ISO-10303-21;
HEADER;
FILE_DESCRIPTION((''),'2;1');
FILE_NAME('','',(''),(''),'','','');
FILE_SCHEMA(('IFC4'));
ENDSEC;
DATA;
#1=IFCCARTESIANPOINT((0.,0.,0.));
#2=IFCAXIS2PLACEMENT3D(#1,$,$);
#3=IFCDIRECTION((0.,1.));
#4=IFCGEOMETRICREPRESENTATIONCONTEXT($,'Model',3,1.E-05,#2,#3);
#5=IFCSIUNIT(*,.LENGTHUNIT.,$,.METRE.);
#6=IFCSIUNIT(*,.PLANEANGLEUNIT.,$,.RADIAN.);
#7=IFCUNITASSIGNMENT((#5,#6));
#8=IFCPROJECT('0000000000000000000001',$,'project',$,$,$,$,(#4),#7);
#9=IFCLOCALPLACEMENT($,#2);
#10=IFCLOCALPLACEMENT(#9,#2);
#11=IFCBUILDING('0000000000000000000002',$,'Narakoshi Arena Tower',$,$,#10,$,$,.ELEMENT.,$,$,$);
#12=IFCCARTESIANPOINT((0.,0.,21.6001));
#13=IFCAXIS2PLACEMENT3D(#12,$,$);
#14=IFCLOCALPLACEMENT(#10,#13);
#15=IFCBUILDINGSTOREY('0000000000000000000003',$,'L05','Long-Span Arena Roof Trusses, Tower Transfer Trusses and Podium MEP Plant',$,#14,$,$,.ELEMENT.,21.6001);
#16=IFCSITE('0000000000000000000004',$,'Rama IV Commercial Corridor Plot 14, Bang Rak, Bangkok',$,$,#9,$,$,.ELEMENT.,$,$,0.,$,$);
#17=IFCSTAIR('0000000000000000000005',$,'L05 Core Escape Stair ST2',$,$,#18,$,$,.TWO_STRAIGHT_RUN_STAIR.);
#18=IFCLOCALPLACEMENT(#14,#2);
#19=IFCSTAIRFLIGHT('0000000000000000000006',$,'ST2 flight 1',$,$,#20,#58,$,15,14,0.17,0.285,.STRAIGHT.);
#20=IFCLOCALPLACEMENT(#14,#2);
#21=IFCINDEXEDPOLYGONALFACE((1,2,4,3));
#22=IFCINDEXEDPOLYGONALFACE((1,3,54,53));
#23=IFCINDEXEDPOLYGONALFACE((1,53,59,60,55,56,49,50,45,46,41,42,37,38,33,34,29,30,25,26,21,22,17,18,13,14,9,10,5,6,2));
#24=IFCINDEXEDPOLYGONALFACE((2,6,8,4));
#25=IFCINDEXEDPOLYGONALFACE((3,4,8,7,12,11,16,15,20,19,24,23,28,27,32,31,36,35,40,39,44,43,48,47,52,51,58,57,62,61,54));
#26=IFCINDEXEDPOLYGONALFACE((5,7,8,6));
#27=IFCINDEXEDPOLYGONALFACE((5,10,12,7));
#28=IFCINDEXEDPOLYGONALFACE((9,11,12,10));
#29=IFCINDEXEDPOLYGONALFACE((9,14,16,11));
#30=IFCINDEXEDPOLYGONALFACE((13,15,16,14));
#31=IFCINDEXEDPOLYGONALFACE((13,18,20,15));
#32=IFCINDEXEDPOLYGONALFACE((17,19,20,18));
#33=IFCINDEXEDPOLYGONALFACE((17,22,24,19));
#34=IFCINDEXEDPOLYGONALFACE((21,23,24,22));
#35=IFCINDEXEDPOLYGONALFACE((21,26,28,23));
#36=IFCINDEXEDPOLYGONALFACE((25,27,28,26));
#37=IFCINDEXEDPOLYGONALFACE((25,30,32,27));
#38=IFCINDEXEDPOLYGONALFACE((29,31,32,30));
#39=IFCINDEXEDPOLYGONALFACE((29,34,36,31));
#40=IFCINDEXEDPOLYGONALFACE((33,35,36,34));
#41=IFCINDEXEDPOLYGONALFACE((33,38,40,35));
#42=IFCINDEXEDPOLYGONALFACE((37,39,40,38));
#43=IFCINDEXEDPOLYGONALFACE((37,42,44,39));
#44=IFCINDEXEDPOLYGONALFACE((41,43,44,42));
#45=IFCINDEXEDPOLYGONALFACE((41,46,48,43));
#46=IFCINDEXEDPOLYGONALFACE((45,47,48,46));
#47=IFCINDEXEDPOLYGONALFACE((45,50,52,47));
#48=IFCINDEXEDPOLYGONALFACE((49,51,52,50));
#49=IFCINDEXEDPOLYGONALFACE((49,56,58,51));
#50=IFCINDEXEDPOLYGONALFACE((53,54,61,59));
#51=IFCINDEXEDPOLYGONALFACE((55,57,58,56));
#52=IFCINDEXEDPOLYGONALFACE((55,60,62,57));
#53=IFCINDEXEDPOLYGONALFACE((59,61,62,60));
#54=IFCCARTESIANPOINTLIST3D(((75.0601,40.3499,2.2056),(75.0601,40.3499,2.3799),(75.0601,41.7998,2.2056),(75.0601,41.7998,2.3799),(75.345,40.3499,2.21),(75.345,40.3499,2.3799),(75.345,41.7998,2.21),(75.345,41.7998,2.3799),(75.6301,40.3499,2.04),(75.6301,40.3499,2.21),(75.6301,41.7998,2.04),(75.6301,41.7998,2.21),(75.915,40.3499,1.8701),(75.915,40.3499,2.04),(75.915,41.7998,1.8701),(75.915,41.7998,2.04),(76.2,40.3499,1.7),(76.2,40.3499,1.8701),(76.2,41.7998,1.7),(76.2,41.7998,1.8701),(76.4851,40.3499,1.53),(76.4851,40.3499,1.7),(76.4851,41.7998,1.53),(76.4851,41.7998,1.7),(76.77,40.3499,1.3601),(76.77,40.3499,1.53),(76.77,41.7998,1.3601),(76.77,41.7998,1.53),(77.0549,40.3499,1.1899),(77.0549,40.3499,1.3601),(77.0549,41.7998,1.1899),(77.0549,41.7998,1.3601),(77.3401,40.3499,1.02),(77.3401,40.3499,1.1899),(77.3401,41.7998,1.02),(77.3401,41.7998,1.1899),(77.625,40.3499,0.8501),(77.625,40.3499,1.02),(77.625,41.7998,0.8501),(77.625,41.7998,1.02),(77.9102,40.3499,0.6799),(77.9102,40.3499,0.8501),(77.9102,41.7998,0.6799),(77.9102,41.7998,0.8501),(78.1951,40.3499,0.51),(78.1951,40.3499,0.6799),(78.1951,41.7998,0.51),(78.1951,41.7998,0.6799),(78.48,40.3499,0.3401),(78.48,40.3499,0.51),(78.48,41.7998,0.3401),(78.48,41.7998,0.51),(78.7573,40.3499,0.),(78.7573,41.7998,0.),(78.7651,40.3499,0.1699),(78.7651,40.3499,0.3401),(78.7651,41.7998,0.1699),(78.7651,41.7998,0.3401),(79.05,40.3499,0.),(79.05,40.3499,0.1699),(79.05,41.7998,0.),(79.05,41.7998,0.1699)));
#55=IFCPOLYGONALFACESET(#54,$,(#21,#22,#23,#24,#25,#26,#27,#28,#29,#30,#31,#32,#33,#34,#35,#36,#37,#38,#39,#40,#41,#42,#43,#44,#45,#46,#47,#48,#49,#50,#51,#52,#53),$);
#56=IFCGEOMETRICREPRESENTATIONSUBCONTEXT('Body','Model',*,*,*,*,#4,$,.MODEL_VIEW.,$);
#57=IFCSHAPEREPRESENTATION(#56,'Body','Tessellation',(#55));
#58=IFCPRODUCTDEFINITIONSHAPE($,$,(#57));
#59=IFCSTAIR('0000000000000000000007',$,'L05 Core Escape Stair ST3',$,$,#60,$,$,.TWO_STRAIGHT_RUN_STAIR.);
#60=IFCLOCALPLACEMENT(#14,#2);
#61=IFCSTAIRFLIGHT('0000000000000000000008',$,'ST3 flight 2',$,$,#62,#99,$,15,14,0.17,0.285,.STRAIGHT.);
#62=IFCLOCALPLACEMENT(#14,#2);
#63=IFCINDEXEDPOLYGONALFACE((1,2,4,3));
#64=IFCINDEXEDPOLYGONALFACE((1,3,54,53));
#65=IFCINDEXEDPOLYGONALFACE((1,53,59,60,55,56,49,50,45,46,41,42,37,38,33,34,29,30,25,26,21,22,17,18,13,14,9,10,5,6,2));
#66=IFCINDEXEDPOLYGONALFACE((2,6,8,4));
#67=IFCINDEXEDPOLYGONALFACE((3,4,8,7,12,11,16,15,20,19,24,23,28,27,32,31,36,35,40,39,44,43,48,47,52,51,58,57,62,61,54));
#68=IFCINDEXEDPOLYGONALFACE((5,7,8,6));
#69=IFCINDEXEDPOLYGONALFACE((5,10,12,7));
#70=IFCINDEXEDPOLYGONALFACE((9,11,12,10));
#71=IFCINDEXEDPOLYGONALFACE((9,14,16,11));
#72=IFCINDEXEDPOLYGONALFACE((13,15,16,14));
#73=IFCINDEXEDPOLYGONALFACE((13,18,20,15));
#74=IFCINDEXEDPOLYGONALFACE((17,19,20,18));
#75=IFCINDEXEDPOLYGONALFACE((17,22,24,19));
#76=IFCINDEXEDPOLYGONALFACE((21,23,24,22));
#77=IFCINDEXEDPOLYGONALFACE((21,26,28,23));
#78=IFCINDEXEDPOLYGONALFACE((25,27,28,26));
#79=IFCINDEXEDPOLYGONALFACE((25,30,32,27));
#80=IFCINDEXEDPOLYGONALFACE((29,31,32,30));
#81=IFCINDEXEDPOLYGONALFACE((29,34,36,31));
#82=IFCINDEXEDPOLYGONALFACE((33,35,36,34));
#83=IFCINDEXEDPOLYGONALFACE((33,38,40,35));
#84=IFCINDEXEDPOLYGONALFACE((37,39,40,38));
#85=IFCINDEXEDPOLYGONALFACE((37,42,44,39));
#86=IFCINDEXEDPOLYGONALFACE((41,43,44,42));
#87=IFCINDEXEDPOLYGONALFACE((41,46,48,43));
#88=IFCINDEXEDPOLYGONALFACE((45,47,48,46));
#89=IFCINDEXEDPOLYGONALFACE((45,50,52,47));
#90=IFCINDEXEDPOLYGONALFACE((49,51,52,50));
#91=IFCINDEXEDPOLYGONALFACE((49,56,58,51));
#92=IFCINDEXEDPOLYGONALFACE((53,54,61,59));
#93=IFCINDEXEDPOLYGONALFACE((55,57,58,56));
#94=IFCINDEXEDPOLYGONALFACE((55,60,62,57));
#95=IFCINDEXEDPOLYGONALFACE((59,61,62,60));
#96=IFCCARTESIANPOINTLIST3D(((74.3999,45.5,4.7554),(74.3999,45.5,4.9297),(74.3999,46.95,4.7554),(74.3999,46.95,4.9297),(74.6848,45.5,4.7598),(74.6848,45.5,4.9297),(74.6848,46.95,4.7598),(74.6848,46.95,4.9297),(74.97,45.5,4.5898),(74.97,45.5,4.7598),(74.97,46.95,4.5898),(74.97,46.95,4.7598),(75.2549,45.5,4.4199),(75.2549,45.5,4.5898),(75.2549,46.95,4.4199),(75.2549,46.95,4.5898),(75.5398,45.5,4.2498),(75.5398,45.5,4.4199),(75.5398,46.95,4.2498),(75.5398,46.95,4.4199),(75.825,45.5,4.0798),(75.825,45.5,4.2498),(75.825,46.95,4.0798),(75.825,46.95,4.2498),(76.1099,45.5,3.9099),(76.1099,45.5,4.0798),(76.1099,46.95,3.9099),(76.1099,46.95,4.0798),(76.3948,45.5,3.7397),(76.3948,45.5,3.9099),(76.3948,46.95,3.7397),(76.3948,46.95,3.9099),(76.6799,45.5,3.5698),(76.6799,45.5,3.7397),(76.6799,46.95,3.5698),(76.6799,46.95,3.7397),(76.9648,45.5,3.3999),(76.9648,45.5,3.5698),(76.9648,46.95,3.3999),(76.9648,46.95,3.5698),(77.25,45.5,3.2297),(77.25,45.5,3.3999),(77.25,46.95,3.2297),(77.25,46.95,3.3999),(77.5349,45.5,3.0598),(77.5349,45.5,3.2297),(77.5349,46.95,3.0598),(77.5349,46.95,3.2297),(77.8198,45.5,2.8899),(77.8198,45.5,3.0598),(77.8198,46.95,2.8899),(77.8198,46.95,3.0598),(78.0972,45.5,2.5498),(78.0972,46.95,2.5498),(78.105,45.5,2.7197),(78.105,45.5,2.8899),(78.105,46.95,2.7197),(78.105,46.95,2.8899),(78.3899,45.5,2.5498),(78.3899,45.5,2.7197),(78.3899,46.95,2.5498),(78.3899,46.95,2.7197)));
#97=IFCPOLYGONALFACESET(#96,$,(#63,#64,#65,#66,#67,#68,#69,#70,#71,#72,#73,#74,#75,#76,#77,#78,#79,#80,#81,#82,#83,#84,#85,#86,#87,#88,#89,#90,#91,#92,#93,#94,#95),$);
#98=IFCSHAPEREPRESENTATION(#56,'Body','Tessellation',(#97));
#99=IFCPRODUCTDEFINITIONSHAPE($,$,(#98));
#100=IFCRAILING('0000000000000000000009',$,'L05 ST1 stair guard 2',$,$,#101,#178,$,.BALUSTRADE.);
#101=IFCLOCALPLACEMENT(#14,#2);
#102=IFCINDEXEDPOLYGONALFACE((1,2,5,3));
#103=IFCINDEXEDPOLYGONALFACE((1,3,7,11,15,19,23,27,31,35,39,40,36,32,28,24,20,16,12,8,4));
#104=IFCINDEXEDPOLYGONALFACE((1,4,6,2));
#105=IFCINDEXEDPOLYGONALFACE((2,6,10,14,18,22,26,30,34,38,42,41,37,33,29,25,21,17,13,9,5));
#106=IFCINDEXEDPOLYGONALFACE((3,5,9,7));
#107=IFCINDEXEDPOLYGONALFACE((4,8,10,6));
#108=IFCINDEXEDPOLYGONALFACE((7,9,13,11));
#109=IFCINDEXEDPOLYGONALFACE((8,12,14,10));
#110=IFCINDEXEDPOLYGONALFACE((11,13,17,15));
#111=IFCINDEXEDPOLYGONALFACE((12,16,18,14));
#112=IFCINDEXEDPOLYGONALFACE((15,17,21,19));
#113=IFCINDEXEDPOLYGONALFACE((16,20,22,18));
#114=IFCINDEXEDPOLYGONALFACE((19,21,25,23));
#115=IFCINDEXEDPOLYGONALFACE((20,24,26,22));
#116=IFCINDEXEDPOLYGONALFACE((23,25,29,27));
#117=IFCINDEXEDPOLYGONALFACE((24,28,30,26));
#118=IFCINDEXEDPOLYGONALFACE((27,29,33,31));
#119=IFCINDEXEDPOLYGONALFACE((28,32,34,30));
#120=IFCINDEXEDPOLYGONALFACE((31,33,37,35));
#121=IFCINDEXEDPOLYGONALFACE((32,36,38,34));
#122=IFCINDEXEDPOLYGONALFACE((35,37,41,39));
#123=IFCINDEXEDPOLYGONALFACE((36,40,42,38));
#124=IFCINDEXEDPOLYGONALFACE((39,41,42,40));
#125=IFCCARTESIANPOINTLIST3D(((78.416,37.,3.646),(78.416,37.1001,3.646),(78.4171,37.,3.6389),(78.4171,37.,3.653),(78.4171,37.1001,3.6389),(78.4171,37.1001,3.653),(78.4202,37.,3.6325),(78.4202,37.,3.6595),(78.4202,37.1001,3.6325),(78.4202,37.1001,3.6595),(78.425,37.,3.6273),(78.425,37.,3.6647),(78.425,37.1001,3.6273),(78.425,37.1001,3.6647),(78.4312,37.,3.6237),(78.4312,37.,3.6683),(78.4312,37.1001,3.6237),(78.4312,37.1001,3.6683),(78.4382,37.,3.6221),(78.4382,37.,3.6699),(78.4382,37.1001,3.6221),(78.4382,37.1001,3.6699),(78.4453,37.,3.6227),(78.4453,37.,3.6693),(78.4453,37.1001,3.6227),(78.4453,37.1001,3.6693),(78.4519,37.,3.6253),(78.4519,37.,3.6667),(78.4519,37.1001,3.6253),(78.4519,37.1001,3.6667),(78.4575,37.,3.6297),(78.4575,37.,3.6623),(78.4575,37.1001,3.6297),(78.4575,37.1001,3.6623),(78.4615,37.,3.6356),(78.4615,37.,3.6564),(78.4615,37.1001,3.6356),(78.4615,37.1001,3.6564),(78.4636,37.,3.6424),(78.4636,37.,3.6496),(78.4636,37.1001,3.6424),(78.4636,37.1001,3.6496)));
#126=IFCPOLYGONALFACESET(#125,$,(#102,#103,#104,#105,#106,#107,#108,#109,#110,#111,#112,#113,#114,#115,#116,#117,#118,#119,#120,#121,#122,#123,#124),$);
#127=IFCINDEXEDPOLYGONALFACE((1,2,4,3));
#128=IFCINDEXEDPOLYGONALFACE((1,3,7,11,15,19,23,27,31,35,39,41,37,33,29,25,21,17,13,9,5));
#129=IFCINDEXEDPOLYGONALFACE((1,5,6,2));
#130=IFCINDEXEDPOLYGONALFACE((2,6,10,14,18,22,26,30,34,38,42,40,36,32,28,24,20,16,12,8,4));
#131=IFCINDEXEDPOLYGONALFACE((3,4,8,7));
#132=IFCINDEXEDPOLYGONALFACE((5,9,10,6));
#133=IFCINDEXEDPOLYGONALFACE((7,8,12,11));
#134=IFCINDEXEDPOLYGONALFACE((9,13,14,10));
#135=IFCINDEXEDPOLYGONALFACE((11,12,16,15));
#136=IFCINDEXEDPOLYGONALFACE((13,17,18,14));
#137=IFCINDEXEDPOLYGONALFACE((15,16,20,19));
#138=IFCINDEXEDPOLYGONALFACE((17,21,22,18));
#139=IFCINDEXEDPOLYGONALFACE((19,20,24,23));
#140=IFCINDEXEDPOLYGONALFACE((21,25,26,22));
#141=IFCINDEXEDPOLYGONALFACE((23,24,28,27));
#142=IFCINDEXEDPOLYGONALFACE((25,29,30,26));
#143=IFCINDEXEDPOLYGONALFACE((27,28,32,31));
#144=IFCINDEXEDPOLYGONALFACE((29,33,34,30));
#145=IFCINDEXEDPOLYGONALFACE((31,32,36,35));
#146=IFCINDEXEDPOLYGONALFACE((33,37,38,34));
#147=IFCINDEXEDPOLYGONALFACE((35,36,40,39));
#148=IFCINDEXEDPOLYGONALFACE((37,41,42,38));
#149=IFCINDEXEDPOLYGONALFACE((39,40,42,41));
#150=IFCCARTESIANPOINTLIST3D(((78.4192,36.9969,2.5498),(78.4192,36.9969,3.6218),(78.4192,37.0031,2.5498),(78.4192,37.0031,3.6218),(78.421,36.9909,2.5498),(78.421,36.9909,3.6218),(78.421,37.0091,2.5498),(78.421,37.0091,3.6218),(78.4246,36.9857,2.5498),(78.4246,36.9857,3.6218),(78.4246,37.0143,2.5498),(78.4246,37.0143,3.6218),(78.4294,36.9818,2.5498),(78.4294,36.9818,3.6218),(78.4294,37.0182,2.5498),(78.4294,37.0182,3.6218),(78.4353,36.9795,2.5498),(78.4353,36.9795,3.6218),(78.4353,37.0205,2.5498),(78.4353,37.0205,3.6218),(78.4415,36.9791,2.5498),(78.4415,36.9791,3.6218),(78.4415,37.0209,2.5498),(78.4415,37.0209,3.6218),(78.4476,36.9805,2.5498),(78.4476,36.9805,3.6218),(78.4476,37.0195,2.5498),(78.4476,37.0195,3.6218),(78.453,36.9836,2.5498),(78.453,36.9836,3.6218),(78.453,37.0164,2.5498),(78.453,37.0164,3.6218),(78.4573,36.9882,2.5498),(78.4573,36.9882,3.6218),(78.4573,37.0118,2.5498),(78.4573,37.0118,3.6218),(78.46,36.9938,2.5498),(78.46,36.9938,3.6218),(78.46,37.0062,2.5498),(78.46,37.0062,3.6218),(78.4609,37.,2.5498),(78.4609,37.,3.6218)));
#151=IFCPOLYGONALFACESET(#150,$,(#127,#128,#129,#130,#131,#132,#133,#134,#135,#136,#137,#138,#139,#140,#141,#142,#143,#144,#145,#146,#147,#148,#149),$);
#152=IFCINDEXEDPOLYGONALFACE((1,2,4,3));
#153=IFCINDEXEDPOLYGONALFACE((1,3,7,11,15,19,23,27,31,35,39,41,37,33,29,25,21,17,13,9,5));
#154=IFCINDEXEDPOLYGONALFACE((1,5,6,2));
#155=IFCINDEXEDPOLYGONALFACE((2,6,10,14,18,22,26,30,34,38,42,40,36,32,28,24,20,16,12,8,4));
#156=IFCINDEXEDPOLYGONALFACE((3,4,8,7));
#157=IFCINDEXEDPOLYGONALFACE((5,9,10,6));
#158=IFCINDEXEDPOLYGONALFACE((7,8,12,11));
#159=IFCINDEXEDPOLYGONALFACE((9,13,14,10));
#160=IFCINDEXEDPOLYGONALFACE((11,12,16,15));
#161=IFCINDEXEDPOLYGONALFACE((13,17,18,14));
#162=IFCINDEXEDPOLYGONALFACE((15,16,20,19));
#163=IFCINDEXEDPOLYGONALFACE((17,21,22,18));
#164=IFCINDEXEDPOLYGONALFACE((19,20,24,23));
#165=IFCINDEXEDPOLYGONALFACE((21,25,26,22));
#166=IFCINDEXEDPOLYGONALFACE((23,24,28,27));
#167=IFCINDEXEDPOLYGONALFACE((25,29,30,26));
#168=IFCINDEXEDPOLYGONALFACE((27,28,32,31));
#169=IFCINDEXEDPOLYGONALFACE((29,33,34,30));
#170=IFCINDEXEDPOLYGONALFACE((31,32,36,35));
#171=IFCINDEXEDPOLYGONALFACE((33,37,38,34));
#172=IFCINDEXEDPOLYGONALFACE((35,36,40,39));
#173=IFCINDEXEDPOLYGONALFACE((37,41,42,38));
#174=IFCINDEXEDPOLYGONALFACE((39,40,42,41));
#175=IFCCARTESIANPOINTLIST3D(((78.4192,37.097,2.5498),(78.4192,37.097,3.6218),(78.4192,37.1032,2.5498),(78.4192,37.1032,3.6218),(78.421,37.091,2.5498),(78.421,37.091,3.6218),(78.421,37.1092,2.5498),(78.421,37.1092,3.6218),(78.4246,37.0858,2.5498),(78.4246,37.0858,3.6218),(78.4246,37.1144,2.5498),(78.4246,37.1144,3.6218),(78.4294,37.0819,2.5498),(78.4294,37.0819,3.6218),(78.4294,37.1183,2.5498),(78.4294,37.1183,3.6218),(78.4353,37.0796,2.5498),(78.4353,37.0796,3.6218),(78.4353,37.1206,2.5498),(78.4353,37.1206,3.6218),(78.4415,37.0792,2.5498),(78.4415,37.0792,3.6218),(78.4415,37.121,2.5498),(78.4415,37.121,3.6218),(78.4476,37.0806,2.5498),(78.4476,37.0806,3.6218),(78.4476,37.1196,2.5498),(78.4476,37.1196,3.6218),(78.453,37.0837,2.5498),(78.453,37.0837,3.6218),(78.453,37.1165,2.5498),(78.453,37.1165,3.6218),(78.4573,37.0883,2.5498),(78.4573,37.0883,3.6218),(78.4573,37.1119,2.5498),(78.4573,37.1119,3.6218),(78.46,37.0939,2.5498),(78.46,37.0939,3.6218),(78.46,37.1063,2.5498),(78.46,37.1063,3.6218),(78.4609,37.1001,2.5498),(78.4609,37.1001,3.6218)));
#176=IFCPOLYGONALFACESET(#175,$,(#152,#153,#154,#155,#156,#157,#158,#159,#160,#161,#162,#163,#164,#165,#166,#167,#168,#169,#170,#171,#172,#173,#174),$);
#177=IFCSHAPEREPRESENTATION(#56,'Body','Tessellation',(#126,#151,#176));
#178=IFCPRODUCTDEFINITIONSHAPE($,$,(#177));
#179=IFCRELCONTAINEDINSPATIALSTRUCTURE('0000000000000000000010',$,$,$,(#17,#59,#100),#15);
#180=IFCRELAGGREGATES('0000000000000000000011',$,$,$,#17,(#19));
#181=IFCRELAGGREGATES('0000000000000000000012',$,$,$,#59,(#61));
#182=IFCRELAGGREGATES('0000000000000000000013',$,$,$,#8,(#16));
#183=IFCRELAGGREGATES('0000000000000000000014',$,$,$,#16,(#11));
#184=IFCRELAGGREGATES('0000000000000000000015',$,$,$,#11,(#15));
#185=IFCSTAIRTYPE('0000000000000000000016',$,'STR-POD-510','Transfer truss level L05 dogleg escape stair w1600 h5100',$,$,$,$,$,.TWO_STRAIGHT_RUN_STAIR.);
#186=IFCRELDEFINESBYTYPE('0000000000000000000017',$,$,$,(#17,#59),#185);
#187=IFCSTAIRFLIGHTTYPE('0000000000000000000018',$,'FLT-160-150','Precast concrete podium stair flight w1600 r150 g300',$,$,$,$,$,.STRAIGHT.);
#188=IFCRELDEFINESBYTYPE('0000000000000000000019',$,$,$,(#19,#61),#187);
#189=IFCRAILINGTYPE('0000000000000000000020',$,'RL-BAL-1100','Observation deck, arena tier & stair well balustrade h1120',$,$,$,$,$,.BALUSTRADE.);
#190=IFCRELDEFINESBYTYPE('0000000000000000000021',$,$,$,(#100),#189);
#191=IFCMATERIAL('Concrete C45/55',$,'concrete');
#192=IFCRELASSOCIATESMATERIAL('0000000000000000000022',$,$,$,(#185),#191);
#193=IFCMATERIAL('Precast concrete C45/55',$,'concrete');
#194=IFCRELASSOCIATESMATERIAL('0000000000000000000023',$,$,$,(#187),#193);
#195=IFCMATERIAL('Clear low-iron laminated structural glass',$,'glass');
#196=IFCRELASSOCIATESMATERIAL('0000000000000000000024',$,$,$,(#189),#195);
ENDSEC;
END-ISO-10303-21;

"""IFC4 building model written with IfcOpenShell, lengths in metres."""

from ifc_helpers import new_model, si_unit, direction, frame, origin, origin_2d, place, context, subcontext, project, spatial, polyline, circle, outline, extrude, material, type_object, element, aggregate, save


model = new_model("IFC4")

# Units and contexts
model_context = context("Model", 3, precision=1e-05, world=origin(), true_north=direction((0.0, 1.0)))
body_context = subcontext(model_context, "Body", "Model", "MODEL_VIEW")
ifc_project = project(units=[si_unit("LENGTHUNIT", "METRE"), si_unit("PLANEANGLEUNIT", "RADIAN")], contexts=[model_context])

# Site, building, storey
site_placement = place(None, origin())
site = spatial("IfcSite", under=ifc_project, at=site_placement, Name="Rama IV Commercial Corridor Plot 14, Bang Rak, Bangkok", CompositionType="ELEMENT", RefElevation=0.0)
building_placement = place(site_placement, origin())
building = spatial("IfcBuilding", under=site, at=building_placement, Name="Narakoshi Arena Tower", CompositionType="ELEMENT")
storey_placement = place(building_placement, frame((0.0, 0.0, 21.6001)))
storey = spatial("IfcBuildingStorey", under=building, at=storey_placement, Name="L05", Description="Long-Span Arena Roof Trusses, Tower Transfer Trusses and Podium MEP Plant", CompositionType="ELEMENT", Elevation=21.6001)

# Stairs, stair flights
ifc_material_1 = material(Name="Concrete C45/55", Category="concrete")
stair_type = type_object("IfcStairType", Name="STR-POD-510", Description="Transfer truss level L05 dogleg escape stair w1600 h5100", PredefinedType="TWO_STRAIGHT_RUN_STAIR", material=ifc_material_1)
stair_1_placement = place(storey_placement, origin())
stair_1 = element("IfcStair", 1, at=stair_1_placement, inside=storey, type_object=stair_type, Name="L05 Core Escape Stair ST2", PredefinedType="TWO_STRAIGHT_RUN_STAIR")
ifc_material_2 = material(Name="Precast concrete C45/55", Category="concrete")
stair_flight_type = type_object("IfcStairFlightType", Name="FLT-160-150", Description="Precast concrete podium stair flight w1600 r150 g300", PredefinedType="STRAIGHT", material=ifc_material_2)
stair_flight_1_placement = place(storey_placement, frame((79.05, 41.075, 0.0), z_axis=(0.0, 0.0, 1.0), x_axis=(-1.0, 0.0, 0.0)))
stair_flight_1 = element("IfcStairFlight", 2, at=stair_flight_1_placement, type_object=stair_flight_type, Name="ST2 flight 1", NumberOfRisers=15, NumberOfTreads=14, PredefinedType="STRAIGHT", RiserHeight=0.17, TreadLength=0.285, context=body_context, shape_type="SweptSolid", body=[
    extrude(outline(polyline([(0.0, 0.0), (0.0, 0.1699), (0.2849, 0.1699), (0.2849, 0.3401), (0.5701, 0.3401), (0.5701, 0.51), (0.855, 0.51), (0.855, 0.6799), (1.1399, 0.6799), (1.1399, 0.8501), (1.425, 0.8501), (1.425, 1.02), (1.71, 1.02), (1.71, 1.1899), (1.9951, 1.1899), (1.9951, 1.3601), (2.28, 1.3601), (2.28, 1.53), (2.5649, 1.53), (2.5649, 1.7), (2.8501, 1.7), (2.8501, 1.8701), (3.135, 1.8701), (3.135, 2.04), (3.4199, 2.04), (3.4199, 2.21), (3.7051, 2.21), (3.7051, 2.3799), (3.99, 2.3799), (3.99, 2.55), (3.99, 2.2056), (0.2927, 0.0), (0.0, 0.0)])), frame((0.0, 0.7251, 0.0), z_axis=(0.0, -1.0, 0.0), x_axis=(1.0, 0.0, 0.0)), (0.0, 0.0, 1.0), 1.45),
])
aggregate(stair_1, [stair_flight_1])
stair_2_placement = place(storey_placement, origin())
stair_2 = element("IfcStair", 3, at=stair_2_placement, inside=storey, type_object=stair_type, Name="L05 Core Escape Stair ST3", PredefinedType="TWO_STRAIGHT_RUN_STAIR")
stair_flight_2_placement = place(storey_placement, frame((78.3899, 46.2251, 2.5498), z_axis=(0.0, 0.0, 1.0), x_axis=(-1.0, 0.0, 0.0)))
stair_flight_2 = element("IfcStairFlight", 4, at=stair_flight_2_placement, type_object=stair_flight_type, Name="ST3 flight 2", NumberOfRisers=15, NumberOfTreads=14, PredefinedType="STRAIGHT", RiserHeight=0.17, TreadLength=0.285, context=body_context, shape_type="SweptSolid", body=[
    extrude(outline(polyline([(0.0, 0.0), (0.0, 0.1699), (0.2849, 0.1699), (0.2849, 0.3401), (0.5701, 0.3401), (0.5701, 0.51), (0.855, 0.51), (0.855, 0.6799), (1.1399, 0.6799), (1.1399, 0.8501), (1.425, 0.8501), (1.425, 1.02), (1.71, 1.02), (1.71, 1.1899), (1.9951, 1.1899), (1.9951, 1.3601), (2.28, 1.3601), (2.28, 1.53), (2.5649, 1.53), (2.5649, 1.7), (2.8501, 1.7), (2.8501, 1.8701), (3.135, 1.8701), (3.135, 2.04), (3.4199, 2.04), (3.4199, 2.21), (3.7051, 2.21), (3.7051, 2.3799), (3.99, 2.3799), (3.99, 2.55), (3.99, 2.2056), (0.2927, 0.0), (0.0, 0.0)])), frame((0.0, 0.7251, 0.0), z_axis=(0.0, -1.0, 0.0), x_axis=(1.0, 0.0, 0.0)), (0.0, 0.0, 1.0), 1.45),
])
aggregate(stair_2, [stair_flight_2])

# Railing
ifc_material_3 = material(Name="Clear low-iron laminated structural glass", Category="glass")
railing_type_1 = type_object("IfcRailingType", Name="RL-BAL-1100", Description="Observation deck, arena tier & stair well balustrade h1120", PredefinedType="BALUSTRADE", material=ifc_material_3)
railing_1_placement = place(storey_placement, frame((78.4399, 37.0, 2.5498)))
element("IfcRailing", 5, at=railing_1_placement, inside=storey, type_object=railing_type_1, Name="L05 ST1 stair guard 2", PredefinedType="BALUSTRADE", context=body_context, shape_type="SweptSolid", body=[
    extrude(circle(Radius=0.0239, at=origin_2d()), frame((0.0, 0.0, 1.0962), z_axis=(0.0, 1.0, 0.0), x_axis=(-1.0, 0.0, 0.0)), (0.0, 0.0, 1.0), 0.1001),
    extrude(circle(Radius=0.021, at=origin_2d()), origin(), (0.0, 0.0, 1.0), 1.072),
    extrude(circle(Radius=0.021, at=origin_2d()), frame((0.0, 0.1001, 0.0)), (0.0, 0.0, 1.0), 1.072),
])

save(model, "model.ifc")
